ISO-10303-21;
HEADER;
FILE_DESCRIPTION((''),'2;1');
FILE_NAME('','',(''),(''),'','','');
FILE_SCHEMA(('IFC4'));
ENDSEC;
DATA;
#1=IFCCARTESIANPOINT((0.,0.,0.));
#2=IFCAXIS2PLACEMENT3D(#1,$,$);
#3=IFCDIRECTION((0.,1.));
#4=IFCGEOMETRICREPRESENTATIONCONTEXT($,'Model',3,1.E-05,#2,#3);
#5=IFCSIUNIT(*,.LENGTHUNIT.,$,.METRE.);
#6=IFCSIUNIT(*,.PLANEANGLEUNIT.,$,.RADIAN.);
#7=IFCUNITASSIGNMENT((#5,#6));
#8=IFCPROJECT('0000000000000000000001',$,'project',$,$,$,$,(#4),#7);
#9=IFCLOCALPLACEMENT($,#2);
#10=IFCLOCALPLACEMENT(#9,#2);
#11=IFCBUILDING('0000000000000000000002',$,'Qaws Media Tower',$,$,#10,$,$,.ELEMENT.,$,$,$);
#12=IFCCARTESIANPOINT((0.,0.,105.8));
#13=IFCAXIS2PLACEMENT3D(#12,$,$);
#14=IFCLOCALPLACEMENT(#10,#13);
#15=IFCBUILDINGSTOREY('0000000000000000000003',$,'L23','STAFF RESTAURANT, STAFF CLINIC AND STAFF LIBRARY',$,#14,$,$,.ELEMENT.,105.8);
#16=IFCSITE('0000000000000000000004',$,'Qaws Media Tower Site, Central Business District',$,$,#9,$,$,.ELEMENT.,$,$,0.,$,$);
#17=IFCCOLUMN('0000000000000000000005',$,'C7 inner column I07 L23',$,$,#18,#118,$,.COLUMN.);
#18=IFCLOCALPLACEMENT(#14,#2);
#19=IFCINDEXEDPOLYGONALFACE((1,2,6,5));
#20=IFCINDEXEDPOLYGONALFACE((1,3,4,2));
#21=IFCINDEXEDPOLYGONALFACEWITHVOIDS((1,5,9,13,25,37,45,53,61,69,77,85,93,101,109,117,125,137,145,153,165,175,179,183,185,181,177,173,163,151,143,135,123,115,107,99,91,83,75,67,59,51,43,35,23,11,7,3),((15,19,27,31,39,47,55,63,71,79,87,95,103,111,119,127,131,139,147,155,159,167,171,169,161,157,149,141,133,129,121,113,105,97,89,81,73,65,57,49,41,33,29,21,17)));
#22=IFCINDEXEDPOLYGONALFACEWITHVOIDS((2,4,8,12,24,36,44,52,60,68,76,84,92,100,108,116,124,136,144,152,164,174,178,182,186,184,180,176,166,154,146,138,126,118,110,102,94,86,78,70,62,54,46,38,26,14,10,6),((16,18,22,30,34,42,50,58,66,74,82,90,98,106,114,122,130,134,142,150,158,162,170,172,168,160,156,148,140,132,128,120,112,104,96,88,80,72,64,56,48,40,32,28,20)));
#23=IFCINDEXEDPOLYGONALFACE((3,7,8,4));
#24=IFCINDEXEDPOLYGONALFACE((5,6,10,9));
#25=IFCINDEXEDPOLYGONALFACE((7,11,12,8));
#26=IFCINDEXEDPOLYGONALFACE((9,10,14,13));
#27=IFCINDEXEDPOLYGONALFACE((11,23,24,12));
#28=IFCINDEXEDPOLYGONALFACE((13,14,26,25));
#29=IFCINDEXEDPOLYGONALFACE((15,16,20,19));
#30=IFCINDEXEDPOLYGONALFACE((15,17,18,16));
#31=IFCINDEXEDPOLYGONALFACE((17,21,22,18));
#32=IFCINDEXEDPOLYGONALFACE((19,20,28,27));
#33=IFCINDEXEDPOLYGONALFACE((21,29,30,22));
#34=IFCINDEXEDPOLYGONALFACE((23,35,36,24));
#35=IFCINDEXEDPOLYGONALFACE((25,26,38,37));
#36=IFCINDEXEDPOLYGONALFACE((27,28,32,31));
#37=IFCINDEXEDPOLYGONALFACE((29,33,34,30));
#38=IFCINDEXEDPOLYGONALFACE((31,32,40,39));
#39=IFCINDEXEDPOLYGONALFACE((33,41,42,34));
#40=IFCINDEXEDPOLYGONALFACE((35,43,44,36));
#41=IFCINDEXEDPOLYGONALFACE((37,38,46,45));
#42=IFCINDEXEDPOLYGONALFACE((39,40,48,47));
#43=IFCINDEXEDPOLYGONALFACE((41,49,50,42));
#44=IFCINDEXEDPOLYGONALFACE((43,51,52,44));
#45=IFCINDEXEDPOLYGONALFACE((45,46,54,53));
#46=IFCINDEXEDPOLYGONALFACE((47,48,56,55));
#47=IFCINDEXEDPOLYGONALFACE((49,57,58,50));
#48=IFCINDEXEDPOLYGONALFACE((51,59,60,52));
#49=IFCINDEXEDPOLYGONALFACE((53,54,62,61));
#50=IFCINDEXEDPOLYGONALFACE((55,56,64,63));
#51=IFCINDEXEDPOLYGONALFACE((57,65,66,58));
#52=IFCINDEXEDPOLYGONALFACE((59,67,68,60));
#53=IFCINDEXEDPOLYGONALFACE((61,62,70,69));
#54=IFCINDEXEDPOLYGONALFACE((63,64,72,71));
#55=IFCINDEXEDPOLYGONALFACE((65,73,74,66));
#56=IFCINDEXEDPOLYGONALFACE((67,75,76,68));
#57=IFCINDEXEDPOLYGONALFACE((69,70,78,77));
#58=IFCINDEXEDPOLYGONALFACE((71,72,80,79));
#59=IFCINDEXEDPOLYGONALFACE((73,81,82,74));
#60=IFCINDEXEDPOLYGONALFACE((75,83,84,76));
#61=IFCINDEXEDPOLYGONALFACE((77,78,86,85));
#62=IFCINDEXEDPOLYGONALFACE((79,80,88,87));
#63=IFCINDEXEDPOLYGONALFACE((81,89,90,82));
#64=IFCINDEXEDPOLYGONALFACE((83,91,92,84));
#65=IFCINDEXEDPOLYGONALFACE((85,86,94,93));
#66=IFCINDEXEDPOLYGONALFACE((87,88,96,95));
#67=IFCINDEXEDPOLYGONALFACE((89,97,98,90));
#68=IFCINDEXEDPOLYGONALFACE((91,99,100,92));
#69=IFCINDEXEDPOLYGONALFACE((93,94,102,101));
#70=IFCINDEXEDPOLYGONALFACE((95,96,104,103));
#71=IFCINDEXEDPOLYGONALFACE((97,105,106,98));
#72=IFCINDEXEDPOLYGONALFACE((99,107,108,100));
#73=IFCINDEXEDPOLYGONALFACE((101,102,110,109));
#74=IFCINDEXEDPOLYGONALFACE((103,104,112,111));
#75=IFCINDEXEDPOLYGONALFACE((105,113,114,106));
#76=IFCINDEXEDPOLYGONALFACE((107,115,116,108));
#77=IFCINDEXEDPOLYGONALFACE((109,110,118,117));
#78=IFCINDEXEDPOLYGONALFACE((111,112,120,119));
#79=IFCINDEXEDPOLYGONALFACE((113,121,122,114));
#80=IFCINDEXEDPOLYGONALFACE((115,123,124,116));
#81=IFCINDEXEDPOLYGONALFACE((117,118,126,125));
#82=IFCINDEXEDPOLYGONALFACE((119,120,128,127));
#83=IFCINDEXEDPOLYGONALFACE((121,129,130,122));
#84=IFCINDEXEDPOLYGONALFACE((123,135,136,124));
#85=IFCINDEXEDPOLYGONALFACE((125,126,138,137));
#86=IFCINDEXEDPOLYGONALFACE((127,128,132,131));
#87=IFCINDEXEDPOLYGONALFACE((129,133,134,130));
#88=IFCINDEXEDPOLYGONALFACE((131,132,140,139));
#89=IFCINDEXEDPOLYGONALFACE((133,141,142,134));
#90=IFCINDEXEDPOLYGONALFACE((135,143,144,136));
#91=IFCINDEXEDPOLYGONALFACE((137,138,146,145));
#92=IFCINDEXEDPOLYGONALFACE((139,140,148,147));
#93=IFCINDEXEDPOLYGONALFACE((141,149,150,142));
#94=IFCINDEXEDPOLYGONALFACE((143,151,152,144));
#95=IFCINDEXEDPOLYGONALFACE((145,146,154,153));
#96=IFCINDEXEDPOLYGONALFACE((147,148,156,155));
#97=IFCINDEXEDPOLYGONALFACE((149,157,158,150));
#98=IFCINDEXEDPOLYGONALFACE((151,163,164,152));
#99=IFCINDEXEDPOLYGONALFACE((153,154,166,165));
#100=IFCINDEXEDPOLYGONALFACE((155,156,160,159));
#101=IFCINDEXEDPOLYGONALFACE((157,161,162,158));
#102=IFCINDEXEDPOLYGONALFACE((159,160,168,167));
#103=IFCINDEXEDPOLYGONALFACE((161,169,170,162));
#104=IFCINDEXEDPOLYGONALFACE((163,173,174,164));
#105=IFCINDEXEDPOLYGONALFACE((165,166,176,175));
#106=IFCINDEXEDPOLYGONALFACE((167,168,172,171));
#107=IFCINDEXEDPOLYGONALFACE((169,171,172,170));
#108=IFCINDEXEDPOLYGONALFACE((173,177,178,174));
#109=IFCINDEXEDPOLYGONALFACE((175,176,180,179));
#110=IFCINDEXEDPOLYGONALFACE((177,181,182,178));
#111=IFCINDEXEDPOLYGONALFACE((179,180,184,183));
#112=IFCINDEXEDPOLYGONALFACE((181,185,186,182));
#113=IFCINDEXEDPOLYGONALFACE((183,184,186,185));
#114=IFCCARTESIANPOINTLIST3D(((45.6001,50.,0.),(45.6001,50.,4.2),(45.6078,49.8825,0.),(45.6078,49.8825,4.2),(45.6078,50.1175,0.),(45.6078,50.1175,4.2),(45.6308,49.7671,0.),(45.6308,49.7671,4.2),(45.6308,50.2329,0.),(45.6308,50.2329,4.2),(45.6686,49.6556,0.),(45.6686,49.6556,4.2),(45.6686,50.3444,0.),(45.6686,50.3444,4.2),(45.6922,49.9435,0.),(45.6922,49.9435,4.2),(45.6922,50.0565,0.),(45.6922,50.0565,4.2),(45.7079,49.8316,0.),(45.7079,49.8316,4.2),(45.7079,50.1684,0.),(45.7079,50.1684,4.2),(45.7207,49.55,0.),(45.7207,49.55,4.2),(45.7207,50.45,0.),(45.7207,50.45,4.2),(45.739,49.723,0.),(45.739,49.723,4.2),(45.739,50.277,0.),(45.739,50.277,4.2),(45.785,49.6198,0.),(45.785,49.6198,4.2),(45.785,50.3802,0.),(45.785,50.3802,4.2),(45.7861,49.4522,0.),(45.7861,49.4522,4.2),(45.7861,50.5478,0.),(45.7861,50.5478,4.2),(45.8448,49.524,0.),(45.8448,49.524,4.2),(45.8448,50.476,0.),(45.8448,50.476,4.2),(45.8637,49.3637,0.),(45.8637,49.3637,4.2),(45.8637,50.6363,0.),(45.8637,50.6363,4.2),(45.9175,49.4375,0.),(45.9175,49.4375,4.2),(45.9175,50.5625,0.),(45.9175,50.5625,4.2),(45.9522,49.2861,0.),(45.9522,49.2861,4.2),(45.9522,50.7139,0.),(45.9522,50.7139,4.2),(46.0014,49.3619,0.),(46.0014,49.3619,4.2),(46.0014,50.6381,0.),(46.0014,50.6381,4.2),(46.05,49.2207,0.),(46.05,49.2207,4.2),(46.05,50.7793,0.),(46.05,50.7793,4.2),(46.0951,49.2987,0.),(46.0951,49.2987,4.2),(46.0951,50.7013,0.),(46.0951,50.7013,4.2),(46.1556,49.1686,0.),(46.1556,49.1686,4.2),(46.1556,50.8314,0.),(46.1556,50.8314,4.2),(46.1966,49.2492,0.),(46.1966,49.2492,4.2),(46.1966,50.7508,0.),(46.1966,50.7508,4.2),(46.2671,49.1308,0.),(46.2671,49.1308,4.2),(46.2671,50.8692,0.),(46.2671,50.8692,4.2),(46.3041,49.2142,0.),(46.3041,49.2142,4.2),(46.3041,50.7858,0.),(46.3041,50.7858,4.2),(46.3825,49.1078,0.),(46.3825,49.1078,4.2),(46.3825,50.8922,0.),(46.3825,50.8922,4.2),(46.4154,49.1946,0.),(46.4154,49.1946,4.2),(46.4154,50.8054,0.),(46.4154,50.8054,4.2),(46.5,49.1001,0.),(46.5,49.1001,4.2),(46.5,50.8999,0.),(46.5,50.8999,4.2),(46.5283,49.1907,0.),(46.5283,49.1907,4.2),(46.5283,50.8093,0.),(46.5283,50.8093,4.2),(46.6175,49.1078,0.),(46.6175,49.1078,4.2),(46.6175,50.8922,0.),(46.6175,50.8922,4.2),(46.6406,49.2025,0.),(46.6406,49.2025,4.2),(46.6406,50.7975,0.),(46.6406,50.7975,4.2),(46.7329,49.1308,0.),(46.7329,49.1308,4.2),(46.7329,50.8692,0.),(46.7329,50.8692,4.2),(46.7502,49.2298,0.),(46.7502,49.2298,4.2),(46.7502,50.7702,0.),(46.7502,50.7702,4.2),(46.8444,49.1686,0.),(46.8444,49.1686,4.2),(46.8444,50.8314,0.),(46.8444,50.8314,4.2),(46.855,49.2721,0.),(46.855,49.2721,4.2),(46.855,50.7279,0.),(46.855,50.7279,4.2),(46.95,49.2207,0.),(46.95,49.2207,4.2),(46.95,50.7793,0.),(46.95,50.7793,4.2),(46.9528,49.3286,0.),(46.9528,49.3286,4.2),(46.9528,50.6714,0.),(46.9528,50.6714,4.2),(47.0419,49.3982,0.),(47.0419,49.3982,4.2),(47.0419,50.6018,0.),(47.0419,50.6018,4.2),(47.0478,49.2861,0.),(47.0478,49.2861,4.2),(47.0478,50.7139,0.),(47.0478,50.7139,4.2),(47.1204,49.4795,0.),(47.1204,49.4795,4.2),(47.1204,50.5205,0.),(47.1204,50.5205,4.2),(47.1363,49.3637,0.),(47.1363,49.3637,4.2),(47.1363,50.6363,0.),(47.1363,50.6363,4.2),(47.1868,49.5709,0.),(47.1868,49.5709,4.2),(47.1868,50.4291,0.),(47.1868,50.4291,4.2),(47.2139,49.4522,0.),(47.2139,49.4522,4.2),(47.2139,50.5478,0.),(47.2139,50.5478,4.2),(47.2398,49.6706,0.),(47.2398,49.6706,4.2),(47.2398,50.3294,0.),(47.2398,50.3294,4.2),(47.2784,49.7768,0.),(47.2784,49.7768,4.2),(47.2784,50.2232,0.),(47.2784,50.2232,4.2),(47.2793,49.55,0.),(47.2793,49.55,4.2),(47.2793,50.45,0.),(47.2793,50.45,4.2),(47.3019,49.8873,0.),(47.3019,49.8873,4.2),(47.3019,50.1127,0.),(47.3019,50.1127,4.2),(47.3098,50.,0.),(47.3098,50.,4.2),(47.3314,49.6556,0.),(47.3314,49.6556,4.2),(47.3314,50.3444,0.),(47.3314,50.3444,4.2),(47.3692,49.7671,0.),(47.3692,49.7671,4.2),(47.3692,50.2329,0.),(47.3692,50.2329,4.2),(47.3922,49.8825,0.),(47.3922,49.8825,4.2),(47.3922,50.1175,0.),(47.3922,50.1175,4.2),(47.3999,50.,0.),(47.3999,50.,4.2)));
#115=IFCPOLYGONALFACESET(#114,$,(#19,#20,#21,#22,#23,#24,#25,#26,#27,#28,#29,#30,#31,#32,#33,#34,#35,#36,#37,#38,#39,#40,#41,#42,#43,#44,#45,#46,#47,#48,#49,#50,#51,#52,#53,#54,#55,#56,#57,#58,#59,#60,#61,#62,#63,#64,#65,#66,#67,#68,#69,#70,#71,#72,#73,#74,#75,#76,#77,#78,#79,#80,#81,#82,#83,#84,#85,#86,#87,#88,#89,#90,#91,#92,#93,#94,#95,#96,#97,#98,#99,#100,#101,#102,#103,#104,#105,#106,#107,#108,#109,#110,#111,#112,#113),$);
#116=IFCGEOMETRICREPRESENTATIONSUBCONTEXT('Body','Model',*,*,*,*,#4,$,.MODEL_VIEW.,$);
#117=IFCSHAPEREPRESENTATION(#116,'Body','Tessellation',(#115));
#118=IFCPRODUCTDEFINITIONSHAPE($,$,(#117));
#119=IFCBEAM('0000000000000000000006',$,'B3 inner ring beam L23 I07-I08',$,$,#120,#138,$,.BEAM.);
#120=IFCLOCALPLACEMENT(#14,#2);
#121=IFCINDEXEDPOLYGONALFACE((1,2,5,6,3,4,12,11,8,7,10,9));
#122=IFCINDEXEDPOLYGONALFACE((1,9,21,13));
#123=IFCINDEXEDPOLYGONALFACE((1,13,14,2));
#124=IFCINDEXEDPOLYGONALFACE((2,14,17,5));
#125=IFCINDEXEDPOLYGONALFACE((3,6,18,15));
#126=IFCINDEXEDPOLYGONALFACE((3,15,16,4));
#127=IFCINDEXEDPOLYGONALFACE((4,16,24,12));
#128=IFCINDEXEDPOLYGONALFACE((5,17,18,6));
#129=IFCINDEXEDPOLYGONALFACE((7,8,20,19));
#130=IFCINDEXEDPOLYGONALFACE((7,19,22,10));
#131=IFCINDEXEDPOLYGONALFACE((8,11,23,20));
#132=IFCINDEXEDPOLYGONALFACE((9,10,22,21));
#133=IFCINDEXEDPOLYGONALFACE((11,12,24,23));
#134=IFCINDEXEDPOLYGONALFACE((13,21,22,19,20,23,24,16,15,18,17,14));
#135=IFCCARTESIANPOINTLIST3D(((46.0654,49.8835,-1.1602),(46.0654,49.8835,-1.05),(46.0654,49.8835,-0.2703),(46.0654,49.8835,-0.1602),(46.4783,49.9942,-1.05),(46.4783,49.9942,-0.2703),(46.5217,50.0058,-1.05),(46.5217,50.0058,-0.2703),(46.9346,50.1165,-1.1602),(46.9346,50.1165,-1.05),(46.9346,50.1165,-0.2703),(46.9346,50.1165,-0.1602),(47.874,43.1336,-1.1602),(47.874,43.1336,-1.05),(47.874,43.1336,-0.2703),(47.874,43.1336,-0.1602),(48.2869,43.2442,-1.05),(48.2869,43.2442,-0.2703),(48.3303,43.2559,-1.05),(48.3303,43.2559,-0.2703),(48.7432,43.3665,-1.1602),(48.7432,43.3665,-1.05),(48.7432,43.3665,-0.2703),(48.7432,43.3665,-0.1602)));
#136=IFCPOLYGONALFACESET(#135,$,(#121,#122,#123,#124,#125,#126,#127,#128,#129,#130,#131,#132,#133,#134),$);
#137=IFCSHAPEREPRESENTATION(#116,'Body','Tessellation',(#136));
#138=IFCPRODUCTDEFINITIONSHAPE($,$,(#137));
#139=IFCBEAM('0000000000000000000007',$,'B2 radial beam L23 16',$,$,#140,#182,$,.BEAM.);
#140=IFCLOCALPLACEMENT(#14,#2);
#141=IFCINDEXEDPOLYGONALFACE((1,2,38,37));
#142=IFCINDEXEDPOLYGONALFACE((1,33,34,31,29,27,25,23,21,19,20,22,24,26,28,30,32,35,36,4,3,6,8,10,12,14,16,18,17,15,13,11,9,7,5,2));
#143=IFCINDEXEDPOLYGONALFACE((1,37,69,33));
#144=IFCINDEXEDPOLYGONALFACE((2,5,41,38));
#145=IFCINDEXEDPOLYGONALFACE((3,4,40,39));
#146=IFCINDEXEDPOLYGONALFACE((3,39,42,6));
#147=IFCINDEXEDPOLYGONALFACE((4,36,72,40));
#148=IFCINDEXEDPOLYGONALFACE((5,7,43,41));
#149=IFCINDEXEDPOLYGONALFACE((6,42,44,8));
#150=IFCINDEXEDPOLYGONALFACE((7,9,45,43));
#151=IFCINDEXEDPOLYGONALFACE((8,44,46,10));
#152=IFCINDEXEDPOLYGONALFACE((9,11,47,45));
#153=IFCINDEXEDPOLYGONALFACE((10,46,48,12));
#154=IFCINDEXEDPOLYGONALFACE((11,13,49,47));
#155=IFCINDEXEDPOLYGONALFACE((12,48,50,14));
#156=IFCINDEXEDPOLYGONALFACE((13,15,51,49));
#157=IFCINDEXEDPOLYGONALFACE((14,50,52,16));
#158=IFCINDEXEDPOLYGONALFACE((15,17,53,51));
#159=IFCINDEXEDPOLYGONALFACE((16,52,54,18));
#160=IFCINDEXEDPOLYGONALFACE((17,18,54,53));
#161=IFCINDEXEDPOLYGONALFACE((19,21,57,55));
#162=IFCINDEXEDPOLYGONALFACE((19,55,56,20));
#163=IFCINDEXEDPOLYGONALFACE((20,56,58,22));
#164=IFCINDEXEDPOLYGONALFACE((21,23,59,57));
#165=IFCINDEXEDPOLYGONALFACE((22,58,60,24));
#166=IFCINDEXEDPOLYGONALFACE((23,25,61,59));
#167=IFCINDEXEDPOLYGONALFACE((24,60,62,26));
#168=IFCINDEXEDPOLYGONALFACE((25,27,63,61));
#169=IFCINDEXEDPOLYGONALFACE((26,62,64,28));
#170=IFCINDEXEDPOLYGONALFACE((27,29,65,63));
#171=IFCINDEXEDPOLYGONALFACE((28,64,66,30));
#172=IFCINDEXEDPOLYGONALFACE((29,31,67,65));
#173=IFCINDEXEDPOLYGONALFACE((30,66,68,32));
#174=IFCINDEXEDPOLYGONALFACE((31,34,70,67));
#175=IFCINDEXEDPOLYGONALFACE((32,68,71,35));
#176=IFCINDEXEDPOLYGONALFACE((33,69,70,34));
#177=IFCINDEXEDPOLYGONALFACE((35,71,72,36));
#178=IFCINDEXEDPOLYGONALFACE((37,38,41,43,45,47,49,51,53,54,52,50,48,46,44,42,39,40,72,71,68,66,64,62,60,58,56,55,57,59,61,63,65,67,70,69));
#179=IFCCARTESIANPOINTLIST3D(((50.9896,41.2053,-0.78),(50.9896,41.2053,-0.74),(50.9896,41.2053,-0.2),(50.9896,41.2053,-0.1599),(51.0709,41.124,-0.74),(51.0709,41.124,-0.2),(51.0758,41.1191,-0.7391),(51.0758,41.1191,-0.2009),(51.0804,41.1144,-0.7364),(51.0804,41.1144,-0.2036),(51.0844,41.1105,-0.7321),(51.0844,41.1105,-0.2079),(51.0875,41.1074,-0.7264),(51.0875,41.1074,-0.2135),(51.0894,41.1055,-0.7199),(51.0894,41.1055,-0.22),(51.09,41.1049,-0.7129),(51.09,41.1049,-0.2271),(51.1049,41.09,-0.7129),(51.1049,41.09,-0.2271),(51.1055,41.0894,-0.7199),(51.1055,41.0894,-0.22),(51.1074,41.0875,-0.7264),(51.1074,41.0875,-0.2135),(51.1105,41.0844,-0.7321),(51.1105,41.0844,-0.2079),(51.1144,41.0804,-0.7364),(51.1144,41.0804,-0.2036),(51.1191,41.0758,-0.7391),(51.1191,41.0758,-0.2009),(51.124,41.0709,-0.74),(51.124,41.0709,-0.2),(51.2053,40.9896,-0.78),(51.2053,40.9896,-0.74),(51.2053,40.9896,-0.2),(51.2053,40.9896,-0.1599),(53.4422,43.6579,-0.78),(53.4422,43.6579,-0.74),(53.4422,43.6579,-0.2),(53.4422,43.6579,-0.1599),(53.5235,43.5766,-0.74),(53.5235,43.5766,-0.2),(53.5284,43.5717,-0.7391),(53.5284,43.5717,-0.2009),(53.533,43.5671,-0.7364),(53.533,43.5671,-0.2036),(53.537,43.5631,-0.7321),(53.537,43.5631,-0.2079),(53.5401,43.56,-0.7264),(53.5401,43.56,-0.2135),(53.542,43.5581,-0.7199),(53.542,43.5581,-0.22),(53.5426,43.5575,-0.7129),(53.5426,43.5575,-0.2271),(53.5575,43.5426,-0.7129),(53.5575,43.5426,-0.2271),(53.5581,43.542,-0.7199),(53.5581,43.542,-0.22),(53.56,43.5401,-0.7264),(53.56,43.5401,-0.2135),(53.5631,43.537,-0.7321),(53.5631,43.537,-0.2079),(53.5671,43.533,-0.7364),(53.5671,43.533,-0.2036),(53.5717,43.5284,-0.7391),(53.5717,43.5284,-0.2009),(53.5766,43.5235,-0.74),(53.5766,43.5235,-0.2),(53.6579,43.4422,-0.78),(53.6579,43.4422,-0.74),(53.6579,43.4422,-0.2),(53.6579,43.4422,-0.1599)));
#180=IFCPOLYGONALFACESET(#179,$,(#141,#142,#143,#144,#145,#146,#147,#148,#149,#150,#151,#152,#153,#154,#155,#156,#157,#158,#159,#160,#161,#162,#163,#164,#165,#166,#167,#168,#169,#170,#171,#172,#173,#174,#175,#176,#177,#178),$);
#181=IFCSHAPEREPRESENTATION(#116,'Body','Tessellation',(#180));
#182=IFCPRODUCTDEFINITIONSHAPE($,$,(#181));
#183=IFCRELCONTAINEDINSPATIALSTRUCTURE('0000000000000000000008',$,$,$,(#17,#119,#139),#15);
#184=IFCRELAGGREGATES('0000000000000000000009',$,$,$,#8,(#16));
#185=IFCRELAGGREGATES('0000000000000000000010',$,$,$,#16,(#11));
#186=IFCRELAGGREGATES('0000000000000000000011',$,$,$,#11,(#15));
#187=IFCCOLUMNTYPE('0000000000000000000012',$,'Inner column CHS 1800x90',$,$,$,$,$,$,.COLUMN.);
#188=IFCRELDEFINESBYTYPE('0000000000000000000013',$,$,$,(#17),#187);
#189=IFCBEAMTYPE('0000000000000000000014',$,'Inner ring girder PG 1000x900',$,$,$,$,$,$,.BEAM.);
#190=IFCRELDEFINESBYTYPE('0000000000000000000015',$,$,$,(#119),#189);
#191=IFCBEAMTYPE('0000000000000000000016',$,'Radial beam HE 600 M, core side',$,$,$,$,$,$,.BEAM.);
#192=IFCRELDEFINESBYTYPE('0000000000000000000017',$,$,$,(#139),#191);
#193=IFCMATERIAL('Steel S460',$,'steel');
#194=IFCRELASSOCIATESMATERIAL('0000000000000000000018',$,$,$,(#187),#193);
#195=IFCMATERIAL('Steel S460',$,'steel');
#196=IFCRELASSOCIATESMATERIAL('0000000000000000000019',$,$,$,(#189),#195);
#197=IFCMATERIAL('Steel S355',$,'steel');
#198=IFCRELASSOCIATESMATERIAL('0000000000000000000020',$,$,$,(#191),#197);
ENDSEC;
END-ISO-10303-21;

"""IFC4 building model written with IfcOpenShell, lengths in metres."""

from ifc_helpers import new_model, si_unit, direction, frame, origin, origin_2d, place, context, subcontext, project, spatial, hollow_circle, i_section, extrude, material, material_profile, profile_set, type_object, element, save


model = new_model("IFC4")

# Units and contexts
model_context = context("Model", 3, precision=1e-05, world=origin(), true_north=direction((0.0, 1.0)))
body_context = subcontext(model_context, "Body", "Model", "MODEL_VIEW")
ifc_project = project(units=[si_unit("LENGTHUNIT", "METRE"), si_unit("PLANEANGLEUNIT", "RADIAN")], contexts=[model_context])

# Site, building, storey
site_placement = place(None, origin())
site = spatial("IfcSite", under=ifc_project, at=site_placement, Name="Qaws Media Tower Site, Central Business District", CompositionType="ELEMENT", RefElevation=0.0)
building_placement = place(site_placement, origin())
building = spatial("IfcBuilding", under=site, at=building_placement, Name="Qaws Media Tower", CompositionType="ELEMENT")
storey_placement = place(building_placement, frame((0.0, 0.0, 105.8)))
storey = spatial("IfcBuildingStorey", under=building, at=storey_placement, Name="L23", Description="STAFF RESTAURANT, STAFF CLINIC AND STAFF LIBRARY", CompositionType="ELEMENT", Elevation=105.8)

# Column
ifc_material_1 = material(Name="Steel S460", Category="steel")
ifc_material_profile_1 = material_profile(ifc_material_1, hollow_circle(Radius=0.8999, WallThickness=0.0901, at=origin_2d()), Name="CHS 1800x90")
ifc_profile_set_1 = profile_set([ifc_material_profile_1], Name="Steel S460")
column_type = type_object("IfcColumnType", Name="Inner column CHS 1800x90", PredefinedType="COLUMN", material=ifc_profile_set_1)
column_placement = place(storey_placement, frame((46.5, 50.0, 0.0), z_axis=(0.0, 0.0, 1.0), x_axis=(1.0, 0.0, 0.0)))
element("IfcColumn", 1, at=column_placement, inside=storey, type_object=column_type, Name="C7 inner column I07 L23", PredefinedType="COLUMN", context=body_context, shape_type="SweptSolid", body=[
    extrude(hollow_circle(Radius=0.8999, WallThickness=0.0901, at=origin_2d()), origin(), (0.0, 0.0, 1.0), 4.2),
])

# Beams
ifc_material_2 = material(Name="Steel S460", Category="steel")
ifc_material_profile_2 = material_profile(ifc_material_2, i_section(OverallWidth=0.8999, OverallDepth=1.0, WebThickness=0.0449, FlangeThickness=0.1101, at=origin_2d()), Name="PG 1000x900")
ifc_profile_set_2 = profile_set([ifc_material_profile_2], Name="Steel S460")
beam_type_1 = type_object("IfcBeamType", Name="Inner ring girder PG 1000x900", PredefinedType="BEAM", material=ifc_profile_set_2)
beam_1_placement = place(storey_placement, frame((46.5, 50.0, -0.6602), z_axis=(0.258811, -0.965928, 0.0), x_axis=(0.965928, 0.258811, 0.0)))
element("IfcBeam", 2, at=beam_1_placement, inside=storey, type_object=beam_type_1, Name="B3 inner ring beam L23 I07-I08", PredefinedType="BEAM", context=body_context, shape_type="SweptSolid", body=[
    extrude(i_section(OverallWidth=0.8999, OverallDepth=1.0, WebThickness=0.0449, FlangeThickness=0.1101, at=origin_2d()), origin(), (0.0, 0.0, 1.0), 6.988),
])
ifc_material_3 = material(Name="Steel S355", Category="steel")
ifc_material_profile_3 = material_profile(ifc_material_3, i_section(OverallWidth=0.3049, OverallDepth=0.6201, WebThickness=0.021, FlangeThickness=0.04, FilletRadius=0.0271, at=origin_2d()), Name="HE 600 M")
ifc_profile_set_3 = profile_set([ifc_material_profile_3], Name="Steel S355")
beam_type_2 = type_object("IfcBeamType", Name="Radial beam HE 600 M, core side", PredefinedType="BEAM", material=ifc_profile_set_3)
beam_2_placement = place(storey_placement, frame((53.55, 43.55, -0.47), z_axis=(-0.707107, -0.707107, 0.0), x_axis=(0.707107, -0.707107, 0.0)))
element("IfcBeam", 3, at=beam_2_placement, inside=storey, type_object=beam_type_2, Name="B2 radial beam L23 16", PredefinedType="BEAM", context=body_context, shape_type="SweptSolid", body=[
    extrude(i_section(OverallWidth=0.3049, OverallDepth=0.6201, WebThickness=0.021, FlangeThickness=0.04, FilletRadius=0.0271, at=origin_2d()), origin(), (0.0, 0.0, 1.0), 3.4685),
])

save(model, "model.ifc")
